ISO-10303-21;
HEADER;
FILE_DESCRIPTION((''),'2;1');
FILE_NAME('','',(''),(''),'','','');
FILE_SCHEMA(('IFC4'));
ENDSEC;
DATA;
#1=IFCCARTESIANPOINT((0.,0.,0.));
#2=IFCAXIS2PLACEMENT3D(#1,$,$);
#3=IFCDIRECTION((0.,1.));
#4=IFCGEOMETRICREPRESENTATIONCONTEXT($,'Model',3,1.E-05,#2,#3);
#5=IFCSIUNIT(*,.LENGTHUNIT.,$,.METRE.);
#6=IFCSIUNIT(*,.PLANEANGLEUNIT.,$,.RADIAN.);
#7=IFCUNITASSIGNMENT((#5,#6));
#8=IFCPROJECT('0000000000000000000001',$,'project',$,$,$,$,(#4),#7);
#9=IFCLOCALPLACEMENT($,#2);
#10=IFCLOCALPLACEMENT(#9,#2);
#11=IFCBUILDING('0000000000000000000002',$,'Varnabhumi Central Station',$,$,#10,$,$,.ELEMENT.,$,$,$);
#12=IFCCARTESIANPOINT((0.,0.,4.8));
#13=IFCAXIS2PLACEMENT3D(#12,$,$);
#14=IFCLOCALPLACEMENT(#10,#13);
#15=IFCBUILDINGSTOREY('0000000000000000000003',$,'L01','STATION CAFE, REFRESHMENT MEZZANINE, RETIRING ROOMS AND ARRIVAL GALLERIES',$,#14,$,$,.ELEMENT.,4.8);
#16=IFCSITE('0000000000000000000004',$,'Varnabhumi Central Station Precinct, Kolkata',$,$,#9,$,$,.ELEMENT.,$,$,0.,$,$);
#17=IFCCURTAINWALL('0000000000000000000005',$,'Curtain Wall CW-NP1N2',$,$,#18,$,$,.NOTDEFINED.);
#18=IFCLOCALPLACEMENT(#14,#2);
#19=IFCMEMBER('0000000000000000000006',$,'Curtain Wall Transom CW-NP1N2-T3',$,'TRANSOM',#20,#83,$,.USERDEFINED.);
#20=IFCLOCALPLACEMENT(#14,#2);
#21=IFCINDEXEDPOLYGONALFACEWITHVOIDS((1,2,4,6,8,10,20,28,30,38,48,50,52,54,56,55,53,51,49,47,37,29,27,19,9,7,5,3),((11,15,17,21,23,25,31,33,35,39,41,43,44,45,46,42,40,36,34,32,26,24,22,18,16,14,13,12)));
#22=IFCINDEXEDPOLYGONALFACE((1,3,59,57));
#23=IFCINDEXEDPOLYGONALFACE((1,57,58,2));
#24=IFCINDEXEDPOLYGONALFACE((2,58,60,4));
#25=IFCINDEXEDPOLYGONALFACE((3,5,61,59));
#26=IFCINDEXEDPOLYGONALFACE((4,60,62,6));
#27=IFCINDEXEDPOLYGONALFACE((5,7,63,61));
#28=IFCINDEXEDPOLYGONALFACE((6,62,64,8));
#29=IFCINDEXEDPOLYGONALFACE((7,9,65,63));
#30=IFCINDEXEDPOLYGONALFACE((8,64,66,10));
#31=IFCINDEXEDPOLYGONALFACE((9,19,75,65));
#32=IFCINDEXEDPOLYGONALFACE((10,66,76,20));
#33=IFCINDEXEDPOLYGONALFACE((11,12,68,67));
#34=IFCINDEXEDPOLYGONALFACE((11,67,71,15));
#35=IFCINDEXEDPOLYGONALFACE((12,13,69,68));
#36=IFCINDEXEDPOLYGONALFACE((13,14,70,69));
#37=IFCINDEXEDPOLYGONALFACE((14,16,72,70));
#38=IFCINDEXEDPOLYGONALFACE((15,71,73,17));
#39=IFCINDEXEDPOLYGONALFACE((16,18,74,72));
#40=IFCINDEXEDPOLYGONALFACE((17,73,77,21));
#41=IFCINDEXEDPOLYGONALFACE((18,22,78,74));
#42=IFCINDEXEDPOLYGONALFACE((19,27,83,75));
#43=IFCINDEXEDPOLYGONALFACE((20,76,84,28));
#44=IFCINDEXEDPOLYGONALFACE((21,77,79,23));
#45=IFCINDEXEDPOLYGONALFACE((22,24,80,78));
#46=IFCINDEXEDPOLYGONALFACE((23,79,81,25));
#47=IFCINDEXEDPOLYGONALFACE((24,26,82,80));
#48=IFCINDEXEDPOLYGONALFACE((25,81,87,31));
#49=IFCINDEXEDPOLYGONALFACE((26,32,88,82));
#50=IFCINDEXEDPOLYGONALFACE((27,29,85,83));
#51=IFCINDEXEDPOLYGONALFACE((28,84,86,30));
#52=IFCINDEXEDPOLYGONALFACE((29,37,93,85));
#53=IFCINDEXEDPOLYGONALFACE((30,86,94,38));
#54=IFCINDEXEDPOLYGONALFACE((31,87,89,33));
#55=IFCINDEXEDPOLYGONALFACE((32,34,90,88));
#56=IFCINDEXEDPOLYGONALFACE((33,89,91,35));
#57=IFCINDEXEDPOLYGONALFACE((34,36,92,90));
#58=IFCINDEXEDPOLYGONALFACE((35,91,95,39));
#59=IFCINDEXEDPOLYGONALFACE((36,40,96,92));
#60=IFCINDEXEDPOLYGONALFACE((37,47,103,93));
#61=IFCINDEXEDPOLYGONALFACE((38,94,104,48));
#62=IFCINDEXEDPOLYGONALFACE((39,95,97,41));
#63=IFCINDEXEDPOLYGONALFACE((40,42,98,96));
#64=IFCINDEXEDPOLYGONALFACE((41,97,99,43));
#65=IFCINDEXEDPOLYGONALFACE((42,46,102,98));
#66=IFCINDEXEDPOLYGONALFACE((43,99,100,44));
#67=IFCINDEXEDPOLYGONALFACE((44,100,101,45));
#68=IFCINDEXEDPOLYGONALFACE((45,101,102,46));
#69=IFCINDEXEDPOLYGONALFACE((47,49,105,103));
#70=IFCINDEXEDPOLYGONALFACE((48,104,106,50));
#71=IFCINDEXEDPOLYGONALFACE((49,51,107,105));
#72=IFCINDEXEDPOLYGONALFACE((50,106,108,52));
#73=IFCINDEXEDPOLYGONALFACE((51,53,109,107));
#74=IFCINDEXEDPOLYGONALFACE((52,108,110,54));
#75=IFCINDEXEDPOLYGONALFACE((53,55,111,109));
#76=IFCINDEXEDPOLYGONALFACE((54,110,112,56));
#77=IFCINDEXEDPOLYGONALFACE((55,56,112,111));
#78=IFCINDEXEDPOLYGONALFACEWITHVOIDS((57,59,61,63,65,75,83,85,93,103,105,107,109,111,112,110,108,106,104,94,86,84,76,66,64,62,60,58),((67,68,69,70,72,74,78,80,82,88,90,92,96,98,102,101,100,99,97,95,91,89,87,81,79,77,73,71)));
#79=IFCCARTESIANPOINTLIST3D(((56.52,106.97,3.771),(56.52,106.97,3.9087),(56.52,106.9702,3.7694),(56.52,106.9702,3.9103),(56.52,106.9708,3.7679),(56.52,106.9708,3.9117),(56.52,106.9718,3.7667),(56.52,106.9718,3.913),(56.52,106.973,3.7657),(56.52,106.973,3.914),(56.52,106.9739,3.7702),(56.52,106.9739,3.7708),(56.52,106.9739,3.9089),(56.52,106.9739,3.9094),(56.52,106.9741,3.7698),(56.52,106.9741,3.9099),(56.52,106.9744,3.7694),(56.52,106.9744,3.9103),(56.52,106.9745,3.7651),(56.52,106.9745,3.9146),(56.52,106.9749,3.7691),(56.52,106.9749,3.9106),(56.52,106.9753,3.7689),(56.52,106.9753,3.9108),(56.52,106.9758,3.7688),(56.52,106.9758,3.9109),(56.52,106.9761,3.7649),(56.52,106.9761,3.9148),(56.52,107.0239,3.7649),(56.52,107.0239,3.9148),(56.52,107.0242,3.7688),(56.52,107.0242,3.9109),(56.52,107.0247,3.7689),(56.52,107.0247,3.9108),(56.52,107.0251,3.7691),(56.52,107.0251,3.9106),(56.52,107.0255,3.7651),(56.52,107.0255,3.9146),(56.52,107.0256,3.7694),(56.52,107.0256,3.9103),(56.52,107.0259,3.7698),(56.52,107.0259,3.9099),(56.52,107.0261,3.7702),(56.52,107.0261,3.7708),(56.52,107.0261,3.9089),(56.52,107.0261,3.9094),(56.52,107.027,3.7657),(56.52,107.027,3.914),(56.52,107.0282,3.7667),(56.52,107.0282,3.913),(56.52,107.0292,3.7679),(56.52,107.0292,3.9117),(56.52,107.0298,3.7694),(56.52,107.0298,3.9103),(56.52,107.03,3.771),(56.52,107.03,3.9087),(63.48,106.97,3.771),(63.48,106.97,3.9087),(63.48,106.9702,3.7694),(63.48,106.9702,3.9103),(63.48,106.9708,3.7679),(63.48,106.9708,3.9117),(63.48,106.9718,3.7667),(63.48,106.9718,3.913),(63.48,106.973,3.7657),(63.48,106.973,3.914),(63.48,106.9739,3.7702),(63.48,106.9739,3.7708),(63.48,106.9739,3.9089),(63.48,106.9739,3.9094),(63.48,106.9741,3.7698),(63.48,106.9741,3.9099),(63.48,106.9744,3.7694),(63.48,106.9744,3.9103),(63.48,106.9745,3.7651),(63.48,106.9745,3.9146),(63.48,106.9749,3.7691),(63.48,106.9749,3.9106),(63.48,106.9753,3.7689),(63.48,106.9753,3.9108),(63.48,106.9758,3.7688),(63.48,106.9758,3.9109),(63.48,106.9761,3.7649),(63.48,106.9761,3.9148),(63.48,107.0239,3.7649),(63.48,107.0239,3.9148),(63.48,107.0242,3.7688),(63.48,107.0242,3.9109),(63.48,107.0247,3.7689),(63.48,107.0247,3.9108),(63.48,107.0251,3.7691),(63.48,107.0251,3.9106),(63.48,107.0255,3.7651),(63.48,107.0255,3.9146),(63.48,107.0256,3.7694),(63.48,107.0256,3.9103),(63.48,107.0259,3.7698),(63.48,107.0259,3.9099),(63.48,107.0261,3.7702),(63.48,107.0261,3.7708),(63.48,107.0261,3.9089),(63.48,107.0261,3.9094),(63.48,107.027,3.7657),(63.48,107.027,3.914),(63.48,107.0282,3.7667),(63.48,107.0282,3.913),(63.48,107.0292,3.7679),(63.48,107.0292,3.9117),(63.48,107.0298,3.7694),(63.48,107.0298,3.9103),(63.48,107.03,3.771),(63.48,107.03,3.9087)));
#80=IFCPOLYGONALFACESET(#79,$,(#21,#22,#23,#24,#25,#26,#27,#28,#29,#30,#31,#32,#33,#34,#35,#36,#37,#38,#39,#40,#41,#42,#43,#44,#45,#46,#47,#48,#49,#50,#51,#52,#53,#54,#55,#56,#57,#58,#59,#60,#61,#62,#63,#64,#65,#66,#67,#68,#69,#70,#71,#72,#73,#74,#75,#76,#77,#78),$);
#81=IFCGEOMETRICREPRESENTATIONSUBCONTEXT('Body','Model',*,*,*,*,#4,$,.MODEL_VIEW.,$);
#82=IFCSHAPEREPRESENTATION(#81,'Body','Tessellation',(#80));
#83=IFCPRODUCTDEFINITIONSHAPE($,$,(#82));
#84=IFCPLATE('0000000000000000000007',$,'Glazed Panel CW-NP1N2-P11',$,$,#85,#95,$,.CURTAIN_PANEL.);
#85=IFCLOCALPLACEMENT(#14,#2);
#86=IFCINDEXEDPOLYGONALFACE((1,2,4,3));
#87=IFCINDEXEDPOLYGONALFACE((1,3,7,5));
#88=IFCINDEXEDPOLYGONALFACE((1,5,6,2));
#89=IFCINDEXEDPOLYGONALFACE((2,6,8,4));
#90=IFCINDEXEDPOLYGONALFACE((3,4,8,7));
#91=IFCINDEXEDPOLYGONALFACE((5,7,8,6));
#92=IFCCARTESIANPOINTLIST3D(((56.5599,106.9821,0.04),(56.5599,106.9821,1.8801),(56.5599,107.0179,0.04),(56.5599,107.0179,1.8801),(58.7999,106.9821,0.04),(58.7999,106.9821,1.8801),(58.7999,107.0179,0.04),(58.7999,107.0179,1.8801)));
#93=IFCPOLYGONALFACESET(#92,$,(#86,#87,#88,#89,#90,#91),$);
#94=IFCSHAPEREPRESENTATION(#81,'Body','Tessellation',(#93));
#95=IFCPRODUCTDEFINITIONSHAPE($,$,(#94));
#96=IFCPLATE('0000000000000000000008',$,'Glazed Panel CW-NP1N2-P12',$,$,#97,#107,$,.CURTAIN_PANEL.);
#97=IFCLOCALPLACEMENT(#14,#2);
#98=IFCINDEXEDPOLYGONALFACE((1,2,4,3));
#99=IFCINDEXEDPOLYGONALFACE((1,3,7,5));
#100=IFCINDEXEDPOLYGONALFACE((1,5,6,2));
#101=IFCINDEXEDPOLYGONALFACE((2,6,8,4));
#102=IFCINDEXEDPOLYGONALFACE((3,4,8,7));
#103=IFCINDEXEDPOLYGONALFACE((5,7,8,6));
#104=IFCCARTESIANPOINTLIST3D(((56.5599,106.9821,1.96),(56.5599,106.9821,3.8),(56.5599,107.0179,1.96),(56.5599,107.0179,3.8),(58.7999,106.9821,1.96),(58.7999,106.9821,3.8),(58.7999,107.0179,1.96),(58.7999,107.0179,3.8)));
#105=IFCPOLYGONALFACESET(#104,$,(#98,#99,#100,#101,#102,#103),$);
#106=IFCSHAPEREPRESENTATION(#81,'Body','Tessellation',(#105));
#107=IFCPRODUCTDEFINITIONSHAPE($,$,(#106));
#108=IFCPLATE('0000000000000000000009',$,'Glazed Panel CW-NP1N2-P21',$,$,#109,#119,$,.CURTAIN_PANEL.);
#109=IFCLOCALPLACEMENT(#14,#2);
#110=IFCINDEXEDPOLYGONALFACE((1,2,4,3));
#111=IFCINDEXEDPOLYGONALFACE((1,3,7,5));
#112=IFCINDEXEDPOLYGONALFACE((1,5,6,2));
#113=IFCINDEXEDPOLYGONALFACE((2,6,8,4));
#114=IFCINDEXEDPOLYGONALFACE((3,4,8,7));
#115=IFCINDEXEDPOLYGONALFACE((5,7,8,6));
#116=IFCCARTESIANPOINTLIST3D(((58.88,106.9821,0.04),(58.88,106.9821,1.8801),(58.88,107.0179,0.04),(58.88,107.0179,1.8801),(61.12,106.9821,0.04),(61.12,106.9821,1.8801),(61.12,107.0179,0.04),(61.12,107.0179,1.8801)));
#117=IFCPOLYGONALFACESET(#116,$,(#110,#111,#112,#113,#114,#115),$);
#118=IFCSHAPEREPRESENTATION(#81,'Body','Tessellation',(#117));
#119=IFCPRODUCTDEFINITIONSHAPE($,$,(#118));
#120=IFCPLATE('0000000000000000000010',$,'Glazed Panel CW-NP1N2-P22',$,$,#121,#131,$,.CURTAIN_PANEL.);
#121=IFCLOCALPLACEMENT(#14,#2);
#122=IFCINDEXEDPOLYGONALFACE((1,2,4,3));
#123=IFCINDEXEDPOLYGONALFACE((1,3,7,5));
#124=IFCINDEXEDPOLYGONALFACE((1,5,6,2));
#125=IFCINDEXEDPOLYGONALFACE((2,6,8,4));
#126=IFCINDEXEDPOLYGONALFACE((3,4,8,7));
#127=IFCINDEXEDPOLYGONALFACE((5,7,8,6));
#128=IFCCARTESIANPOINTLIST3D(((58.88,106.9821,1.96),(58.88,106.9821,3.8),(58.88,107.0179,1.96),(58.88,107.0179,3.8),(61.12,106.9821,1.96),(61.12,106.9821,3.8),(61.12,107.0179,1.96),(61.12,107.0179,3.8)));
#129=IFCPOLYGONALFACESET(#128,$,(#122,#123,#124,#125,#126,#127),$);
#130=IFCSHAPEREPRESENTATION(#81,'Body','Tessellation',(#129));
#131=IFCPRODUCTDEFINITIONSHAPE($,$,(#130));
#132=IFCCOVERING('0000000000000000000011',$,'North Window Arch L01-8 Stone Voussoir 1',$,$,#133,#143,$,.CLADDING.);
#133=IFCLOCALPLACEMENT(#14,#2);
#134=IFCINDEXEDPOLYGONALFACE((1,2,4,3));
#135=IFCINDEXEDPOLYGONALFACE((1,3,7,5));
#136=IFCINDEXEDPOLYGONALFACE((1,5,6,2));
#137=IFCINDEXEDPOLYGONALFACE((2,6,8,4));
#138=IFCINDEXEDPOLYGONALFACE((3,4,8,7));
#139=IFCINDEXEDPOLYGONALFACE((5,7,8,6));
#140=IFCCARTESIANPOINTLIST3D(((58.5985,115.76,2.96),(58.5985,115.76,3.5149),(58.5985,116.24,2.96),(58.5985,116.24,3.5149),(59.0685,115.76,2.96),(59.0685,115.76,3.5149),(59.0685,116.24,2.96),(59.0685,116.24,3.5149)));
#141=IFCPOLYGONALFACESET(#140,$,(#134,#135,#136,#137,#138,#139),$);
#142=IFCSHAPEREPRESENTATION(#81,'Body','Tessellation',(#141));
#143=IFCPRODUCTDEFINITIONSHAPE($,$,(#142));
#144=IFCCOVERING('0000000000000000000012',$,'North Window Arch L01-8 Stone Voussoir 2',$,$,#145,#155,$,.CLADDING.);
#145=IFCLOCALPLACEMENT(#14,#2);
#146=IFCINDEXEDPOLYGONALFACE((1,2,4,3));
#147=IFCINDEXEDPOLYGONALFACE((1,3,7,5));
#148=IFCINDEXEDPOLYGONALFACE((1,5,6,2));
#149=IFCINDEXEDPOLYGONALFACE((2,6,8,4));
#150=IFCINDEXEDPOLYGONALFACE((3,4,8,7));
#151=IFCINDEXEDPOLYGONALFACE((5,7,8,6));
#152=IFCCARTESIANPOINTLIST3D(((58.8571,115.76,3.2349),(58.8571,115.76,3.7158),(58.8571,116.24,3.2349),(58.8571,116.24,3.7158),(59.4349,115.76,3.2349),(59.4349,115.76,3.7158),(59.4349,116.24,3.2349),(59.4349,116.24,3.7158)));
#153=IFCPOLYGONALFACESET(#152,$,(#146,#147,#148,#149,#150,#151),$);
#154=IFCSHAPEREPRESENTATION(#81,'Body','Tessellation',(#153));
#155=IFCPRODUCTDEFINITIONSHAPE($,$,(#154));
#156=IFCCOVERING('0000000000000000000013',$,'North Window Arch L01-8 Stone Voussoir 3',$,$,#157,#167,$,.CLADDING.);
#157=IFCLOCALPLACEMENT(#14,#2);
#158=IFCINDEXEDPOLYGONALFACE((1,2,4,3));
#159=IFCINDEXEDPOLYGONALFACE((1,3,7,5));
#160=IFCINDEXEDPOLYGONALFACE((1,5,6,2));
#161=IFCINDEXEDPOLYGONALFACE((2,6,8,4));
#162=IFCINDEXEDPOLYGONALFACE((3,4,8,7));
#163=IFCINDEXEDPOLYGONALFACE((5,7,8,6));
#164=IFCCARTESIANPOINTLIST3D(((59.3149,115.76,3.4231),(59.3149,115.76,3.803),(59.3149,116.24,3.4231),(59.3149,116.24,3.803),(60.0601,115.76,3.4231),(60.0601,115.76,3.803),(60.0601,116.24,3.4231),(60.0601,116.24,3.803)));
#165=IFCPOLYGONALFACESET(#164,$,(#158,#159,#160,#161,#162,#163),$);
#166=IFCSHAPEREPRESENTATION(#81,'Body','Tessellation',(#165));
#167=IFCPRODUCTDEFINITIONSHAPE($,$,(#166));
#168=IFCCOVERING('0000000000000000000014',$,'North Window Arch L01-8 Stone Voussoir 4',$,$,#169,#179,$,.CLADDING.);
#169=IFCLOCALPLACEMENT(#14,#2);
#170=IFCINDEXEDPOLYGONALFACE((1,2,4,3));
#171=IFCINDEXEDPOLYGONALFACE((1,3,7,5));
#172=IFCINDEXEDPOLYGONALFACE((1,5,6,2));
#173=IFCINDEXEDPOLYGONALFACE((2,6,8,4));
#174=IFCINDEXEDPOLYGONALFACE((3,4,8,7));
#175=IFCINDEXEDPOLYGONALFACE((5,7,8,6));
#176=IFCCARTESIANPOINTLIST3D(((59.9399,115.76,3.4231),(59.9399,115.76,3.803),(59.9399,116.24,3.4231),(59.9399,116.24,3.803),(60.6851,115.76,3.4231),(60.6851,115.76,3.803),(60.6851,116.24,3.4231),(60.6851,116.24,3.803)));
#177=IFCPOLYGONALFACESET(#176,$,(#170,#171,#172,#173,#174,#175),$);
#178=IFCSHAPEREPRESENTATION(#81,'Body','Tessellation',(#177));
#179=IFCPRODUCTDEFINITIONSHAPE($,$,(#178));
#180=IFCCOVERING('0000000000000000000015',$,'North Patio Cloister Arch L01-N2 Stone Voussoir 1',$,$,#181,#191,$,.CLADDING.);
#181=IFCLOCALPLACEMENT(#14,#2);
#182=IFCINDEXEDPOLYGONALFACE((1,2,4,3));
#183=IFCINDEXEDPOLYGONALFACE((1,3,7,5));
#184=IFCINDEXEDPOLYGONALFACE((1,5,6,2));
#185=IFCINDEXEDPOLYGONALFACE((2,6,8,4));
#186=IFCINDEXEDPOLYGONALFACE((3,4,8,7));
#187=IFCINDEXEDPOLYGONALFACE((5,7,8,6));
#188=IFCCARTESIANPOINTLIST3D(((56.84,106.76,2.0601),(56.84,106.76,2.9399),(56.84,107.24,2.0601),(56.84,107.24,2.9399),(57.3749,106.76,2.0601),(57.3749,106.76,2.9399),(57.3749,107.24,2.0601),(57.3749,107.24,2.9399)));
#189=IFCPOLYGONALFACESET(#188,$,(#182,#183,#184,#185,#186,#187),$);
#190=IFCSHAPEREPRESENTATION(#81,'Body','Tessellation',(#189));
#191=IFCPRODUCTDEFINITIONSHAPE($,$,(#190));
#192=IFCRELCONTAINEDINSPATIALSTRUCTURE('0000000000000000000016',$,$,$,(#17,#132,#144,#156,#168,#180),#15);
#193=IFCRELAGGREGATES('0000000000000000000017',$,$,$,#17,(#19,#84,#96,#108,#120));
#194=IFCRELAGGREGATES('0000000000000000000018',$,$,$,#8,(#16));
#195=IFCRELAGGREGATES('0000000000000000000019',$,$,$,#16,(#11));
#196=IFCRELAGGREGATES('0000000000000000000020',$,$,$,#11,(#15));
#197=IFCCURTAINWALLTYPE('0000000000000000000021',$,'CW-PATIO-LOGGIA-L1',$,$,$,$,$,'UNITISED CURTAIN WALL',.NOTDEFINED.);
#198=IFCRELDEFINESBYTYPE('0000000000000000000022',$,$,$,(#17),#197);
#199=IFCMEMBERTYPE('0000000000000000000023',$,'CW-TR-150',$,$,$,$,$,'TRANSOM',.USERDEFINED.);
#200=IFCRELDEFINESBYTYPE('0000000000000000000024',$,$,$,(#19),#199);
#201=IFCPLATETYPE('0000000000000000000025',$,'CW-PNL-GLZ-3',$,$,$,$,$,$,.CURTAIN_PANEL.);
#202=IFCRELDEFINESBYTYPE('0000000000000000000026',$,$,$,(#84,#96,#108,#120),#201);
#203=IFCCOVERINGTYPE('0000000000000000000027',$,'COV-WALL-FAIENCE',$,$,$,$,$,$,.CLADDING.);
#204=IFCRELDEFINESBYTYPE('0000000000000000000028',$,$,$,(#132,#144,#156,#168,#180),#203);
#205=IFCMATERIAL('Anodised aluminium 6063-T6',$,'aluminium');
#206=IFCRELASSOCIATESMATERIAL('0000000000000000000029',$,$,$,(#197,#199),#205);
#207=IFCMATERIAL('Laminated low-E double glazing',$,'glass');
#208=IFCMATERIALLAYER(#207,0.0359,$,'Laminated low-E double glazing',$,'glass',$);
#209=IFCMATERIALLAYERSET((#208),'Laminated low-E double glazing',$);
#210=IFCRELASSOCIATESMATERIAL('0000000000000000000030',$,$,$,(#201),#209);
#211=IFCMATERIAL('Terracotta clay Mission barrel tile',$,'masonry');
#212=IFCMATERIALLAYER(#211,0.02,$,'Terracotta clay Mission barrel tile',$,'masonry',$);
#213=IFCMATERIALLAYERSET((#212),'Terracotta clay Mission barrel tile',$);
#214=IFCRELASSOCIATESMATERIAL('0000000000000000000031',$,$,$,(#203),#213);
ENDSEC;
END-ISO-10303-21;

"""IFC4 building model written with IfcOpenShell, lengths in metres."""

from ifc_helpers import new_model, si_unit, direction, frame, origin, origin_2d, place, context, subcontext, project, spatial, rectangle, hollow_rectangle, extrude, material, layer, layer_set, material_profile, profile_set, type_object, element, aggregate, save


model = new_model("IFC4")

# Units and contexts
model_context = context("Model", 3, precision=1e-05, world=origin(), true_north=direction((0.0, 1.0)))
body_context = subcontext(model_context, "Body", "Model", "MODEL_VIEW")
ifc_project = project(units=[si_unit("LENGTHUNIT", "METRE"), si_unit("PLANEANGLEUNIT", "RADIAN")], contexts=[model_context])

# Site, building, storey
site_placement = place(None, origin())
site = spatial("IfcSite", under=ifc_project, at=site_placement, Name="Varnabhumi Central Station Precinct, Kolkata", CompositionType="ELEMENT", RefElevation=0.0)
building_placement = place(site_placement, origin())
building = spatial("IfcBuilding", under=site, at=building_placement, Name="Varnabhumi Central Station", CompositionType="ELEMENT")
storey_placement = place(building_placement, frame((0.0, 0.0, 4.8)))
storey = spatial("IfcBuildingStorey", under=building, at=storey_placement, Name="L01", Description="STATION CAFE, REFRESHMENT MEZZANINE, RETIRING ROOMS AND ARRIVAL GALLERIES", CompositionType="ELEMENT", Elevation=4.8)

# Curtain wall, member, plates
ifc_material_1 = material(Name="Anodised aluminium 6063-T6", Category="aluminium")
curtain_wall_type = type_object("IfcCurtainWallType", Name="CW-PATIO-LOGGIA-L1", ElementType="UNITISED CURTAIN WALL", PredefinedType="NOTDEFINED", material=ifc_material_1)
curtain_wall_placement = place(storey_placement, origin())
curtain_wall = element("IfcCurtainWall", 1, at=curtain_wall_placement, inside=storey, type_object=curtain_wall_type, Name="Curtain Wall CW-NP1N2", PredefinedType="NOTDEFINED")
ifc_material_profile_1 = material_profile(ifc_material_1, hollow_rectangle(XDim=0.0601, YDim=0.1499, WallThickness=0.0039, InnerFilletRadius=0.002, OuterFilletRadius=0.0061, at=origin_2d()), Name="Anodised aluminium 6063-T6", Category="aluminium")
ifc_profile_set_1 = profile_set([ifc_material_profile_1], Name="Anodised aluminium 6063-T6")
member_type_1 = type_object("IfcMemberType", Name="CW-TR-150", ElementType="TRANSOM", PredefinedType="USERDEFINED", material=ifc_profile_set_1)
member_1_placement = place(storey_placement, frame((56.52, 107.0, 3.8398), z_axis=(1.0, 0.0, 0.0), x_axis=(0.0, 1.0, 0.0)))
member_1 = element("IfcMember", 2, at=member_1_placement, type_object=member_type_1, Name="Curtain Wall Transom CW-NP1N2-T3", ObjectType="TRANSOM", PredefinedType="USERDEFINED", context=body_context, shape_type="SweptSolid", body=[
    extrude(hollow_rectangle(XDim=0.0601, YDim=0.1499, WallThickness=0.0039, InnerFilletRadius=0.002, OuterFilletRadius=0.0061, at=origin_2d()), origin(), (0.0, 0.0, 1.0), 6.96),
])
ifc_material_2 = material(Name="Laminated low-E double glazing", Category="glass")
ifc_layer_1 = layer(ifc_material_2, 0.0359, Name="Laminated low-E double glazing", Category="glass")
ifc_layer_set_1 = layer_set([ifc_layer_1], Name="Laminated low-E double glazing")
plate_type = type_object("IfcPlateType", Name="CW-PNL-GLZ-3", PredefinedType="CURTAIN_PANEL", material=ifc_layer_set_1)
plate_1_placement = place(storey_placement, frame((57.6799, 107.0, 0.04), z_axis=(0.0, 0.0, 1.0), x_axis=(1.0, 0.0, 0.0)))
plate_1 = element("IfcPlate", 3, at=plate_1_placement, type_object=plate_type, Name="Glazed Panel CW-NP1N2-P11", PredefinedType="CURTAIN_PANEL", context=body_context, shape_type="SweptSolid", body=[
    extrude(rectangle(XDim=2.24, YDim=0.0359, at=origin_2d()), origin(), (0.0, 0.0, 1.0), 1.8401),
])
plate_2_placement = place(storey_placement, frame((57.6799, 107.0, 1.96), z_axis=(0.0, 0.0, 1.0), x_axis=(1.0, 0.0, 0.0)))
plate_2 = element("IfcPlate", 4, at=plate_2_placement, type_object=plate_type, Name="Glazed Panel CW-NP1N2-P12", PredefinedType="CURTAIN_PANEL", context=body_context, shape_type="SweptSolid", body=[
    extrude(rectangle(XDim=2.24, YDim=0.0359, at=origin_2d()), origin(), (0.0, 0.0, 1.0), 1.8401),
])
plate_3_placement = place(storey_placement, frame((60.0, 107.0, 0.04), z_axis=(0.0, 0.0, 1.0), x_axis=(1.0, 0.0, 0.0)))
plate_3 = element("IfcPlate", 5, at=plate_3_placement, type_object=plate_type, Name="Glazed Panel CW-NP1N2-P21", PredefinedType="CURTAIN_PANEL", context=body_context, shape_type="SweptSolid", body=[
    extrude(rectangle(XDim=2.24, YDim=0.0359, at=origin_2d()), origin(), (0.0, 0.0, 1.0), 1.8401),
])
plate_4_placement = place(storey_placement, frame((60.0, 107.0, 1.96), z_axis=(0.0, 0.0, 1.0), x_axis=(1.0, 0.0, 0.0)))
plate_4 = element("IfcPlate", 6, at=plate_4_placement, type_object=plate_type, Name="Glazed Panel CW-NP1N2-P22", PredefinedType="CURTAIN_PANEL", context=body_context, shape_type="SweptSolid", body=[
    extrude(rectangle(XDim=2.24, YDim=0.0359, at=origin_2d()), origin(), (0.0, 0.0, 1.0), 1.8401),
])
aggregate(curtain_wall, [member_1, plate_1, plate_2, plate_3, plate_4])

# Coverings
ifc_material_3 = material(Name="Terracotta clay Mission barrel tile", Category="masonry")
ifc_layer_2 = layer(ifc_material_3, 0.02, Name="Terracotta clay Mission barrel tile", Category="masonry")
ifc_layer_set_2 = layer_set([ifc_layer_2], Name="Terracotta clay Mission barrel tile")
covering_type = type_object("IfcCoveringType", Name="COV-WALL-FAIENCE", PredefinedType="CLADDING", material=ifc_layer_set_2)
covering_1_placement = place(storey_placement, frame((58.8335, 116.0, 2.96), z_axis=(0.0, 0.0, 1.0), x_axis=(1.0, 0.0, 0.0)))
element("IfcCovering", 7, at=covering_1_placement, inside=storey, type_object=covering_type, Name="North Window Arch L01-8 Stone Voussoir 1", PredefinedType="CLADDING", context=body_context, shape_type="SweptSolid", body=[
    extrude(rectangle(XDim=0.47, YDim=0.48, at=origin_2d()), origin(), (0.0, 0.0, 1.0), 0.5549),
])
covering_2_placement = place(storey_placement, frame((59.146, 116.0, 3.2349), z_axis=(0.0, 0.0, 1.0), x_axis=(1.0, 0.0, 0.0)))
element("IfcCovering", 8, at=covering_2_placement, inside=storey, type_object=covering_type, Name="North Window Arch L01-8 Stone Voussoir 2", PredefinedType="CLADDING", context=body_context, shape_type="SweptSolid", body=[
    extrude(rectangle(XDim=0.5779, YDim=0.48, at=origin_2d()), origin(), (0.0, 0.0, 1.0), 0.481),
])
for number, where, z_axis, x_axis, name in (
    (9, (59.6875, 116.0, 3.4231), (0.0, 0.0, 1.0), (1.0, 0.0, 0.0), "North Window Arch L01-8 Stone Voussoir 3"),
    (10, (60.3125, 116.0, 3.4231), (0.0, 0.0, 1.0), (1.0, 0.0, 0.0), "North Window Arch L01-8 Stone Voussoir 4"),
):
    element("IfcCovering", number, at=place(storey_placement, frame(where, z_axis=z_axis, x_axis=x_axis)), inside=storey, type_object=covering_type, Name=name, PredefinedType="CLADDING", context=body_context, shape_type="SweptSolid", body=[
        extrude(rectangle(XDim=0.7451, YDim=0.48, at=origin_2d()), origin(), (0.0, 0.0, 1.0), 0.3799),
    ])
covering_3_placement = place(storey_placement, frame((57.1074, 107.0, 2.0601), z_axis=(0.0, 0.0, 1.0), x_axis=(1.0, 0.0, 0.0)))
element("IfcCovering", 11, at=covering_3_placement, inside=storey, type_object=covering_type, Name="North Patio Cloister Arch L01-N2 Stone Voussoir 1", PredefinedType="CLADDING", context=body_context, shape_type="SweptSolid", body=[
    extrude(rectangle(XDim=0.5349, YDim=0.48, at=origin_2d()), origin(), (0.0, 0.0, 1.0), 0.8799),
])

save(model, "model.ifc")
